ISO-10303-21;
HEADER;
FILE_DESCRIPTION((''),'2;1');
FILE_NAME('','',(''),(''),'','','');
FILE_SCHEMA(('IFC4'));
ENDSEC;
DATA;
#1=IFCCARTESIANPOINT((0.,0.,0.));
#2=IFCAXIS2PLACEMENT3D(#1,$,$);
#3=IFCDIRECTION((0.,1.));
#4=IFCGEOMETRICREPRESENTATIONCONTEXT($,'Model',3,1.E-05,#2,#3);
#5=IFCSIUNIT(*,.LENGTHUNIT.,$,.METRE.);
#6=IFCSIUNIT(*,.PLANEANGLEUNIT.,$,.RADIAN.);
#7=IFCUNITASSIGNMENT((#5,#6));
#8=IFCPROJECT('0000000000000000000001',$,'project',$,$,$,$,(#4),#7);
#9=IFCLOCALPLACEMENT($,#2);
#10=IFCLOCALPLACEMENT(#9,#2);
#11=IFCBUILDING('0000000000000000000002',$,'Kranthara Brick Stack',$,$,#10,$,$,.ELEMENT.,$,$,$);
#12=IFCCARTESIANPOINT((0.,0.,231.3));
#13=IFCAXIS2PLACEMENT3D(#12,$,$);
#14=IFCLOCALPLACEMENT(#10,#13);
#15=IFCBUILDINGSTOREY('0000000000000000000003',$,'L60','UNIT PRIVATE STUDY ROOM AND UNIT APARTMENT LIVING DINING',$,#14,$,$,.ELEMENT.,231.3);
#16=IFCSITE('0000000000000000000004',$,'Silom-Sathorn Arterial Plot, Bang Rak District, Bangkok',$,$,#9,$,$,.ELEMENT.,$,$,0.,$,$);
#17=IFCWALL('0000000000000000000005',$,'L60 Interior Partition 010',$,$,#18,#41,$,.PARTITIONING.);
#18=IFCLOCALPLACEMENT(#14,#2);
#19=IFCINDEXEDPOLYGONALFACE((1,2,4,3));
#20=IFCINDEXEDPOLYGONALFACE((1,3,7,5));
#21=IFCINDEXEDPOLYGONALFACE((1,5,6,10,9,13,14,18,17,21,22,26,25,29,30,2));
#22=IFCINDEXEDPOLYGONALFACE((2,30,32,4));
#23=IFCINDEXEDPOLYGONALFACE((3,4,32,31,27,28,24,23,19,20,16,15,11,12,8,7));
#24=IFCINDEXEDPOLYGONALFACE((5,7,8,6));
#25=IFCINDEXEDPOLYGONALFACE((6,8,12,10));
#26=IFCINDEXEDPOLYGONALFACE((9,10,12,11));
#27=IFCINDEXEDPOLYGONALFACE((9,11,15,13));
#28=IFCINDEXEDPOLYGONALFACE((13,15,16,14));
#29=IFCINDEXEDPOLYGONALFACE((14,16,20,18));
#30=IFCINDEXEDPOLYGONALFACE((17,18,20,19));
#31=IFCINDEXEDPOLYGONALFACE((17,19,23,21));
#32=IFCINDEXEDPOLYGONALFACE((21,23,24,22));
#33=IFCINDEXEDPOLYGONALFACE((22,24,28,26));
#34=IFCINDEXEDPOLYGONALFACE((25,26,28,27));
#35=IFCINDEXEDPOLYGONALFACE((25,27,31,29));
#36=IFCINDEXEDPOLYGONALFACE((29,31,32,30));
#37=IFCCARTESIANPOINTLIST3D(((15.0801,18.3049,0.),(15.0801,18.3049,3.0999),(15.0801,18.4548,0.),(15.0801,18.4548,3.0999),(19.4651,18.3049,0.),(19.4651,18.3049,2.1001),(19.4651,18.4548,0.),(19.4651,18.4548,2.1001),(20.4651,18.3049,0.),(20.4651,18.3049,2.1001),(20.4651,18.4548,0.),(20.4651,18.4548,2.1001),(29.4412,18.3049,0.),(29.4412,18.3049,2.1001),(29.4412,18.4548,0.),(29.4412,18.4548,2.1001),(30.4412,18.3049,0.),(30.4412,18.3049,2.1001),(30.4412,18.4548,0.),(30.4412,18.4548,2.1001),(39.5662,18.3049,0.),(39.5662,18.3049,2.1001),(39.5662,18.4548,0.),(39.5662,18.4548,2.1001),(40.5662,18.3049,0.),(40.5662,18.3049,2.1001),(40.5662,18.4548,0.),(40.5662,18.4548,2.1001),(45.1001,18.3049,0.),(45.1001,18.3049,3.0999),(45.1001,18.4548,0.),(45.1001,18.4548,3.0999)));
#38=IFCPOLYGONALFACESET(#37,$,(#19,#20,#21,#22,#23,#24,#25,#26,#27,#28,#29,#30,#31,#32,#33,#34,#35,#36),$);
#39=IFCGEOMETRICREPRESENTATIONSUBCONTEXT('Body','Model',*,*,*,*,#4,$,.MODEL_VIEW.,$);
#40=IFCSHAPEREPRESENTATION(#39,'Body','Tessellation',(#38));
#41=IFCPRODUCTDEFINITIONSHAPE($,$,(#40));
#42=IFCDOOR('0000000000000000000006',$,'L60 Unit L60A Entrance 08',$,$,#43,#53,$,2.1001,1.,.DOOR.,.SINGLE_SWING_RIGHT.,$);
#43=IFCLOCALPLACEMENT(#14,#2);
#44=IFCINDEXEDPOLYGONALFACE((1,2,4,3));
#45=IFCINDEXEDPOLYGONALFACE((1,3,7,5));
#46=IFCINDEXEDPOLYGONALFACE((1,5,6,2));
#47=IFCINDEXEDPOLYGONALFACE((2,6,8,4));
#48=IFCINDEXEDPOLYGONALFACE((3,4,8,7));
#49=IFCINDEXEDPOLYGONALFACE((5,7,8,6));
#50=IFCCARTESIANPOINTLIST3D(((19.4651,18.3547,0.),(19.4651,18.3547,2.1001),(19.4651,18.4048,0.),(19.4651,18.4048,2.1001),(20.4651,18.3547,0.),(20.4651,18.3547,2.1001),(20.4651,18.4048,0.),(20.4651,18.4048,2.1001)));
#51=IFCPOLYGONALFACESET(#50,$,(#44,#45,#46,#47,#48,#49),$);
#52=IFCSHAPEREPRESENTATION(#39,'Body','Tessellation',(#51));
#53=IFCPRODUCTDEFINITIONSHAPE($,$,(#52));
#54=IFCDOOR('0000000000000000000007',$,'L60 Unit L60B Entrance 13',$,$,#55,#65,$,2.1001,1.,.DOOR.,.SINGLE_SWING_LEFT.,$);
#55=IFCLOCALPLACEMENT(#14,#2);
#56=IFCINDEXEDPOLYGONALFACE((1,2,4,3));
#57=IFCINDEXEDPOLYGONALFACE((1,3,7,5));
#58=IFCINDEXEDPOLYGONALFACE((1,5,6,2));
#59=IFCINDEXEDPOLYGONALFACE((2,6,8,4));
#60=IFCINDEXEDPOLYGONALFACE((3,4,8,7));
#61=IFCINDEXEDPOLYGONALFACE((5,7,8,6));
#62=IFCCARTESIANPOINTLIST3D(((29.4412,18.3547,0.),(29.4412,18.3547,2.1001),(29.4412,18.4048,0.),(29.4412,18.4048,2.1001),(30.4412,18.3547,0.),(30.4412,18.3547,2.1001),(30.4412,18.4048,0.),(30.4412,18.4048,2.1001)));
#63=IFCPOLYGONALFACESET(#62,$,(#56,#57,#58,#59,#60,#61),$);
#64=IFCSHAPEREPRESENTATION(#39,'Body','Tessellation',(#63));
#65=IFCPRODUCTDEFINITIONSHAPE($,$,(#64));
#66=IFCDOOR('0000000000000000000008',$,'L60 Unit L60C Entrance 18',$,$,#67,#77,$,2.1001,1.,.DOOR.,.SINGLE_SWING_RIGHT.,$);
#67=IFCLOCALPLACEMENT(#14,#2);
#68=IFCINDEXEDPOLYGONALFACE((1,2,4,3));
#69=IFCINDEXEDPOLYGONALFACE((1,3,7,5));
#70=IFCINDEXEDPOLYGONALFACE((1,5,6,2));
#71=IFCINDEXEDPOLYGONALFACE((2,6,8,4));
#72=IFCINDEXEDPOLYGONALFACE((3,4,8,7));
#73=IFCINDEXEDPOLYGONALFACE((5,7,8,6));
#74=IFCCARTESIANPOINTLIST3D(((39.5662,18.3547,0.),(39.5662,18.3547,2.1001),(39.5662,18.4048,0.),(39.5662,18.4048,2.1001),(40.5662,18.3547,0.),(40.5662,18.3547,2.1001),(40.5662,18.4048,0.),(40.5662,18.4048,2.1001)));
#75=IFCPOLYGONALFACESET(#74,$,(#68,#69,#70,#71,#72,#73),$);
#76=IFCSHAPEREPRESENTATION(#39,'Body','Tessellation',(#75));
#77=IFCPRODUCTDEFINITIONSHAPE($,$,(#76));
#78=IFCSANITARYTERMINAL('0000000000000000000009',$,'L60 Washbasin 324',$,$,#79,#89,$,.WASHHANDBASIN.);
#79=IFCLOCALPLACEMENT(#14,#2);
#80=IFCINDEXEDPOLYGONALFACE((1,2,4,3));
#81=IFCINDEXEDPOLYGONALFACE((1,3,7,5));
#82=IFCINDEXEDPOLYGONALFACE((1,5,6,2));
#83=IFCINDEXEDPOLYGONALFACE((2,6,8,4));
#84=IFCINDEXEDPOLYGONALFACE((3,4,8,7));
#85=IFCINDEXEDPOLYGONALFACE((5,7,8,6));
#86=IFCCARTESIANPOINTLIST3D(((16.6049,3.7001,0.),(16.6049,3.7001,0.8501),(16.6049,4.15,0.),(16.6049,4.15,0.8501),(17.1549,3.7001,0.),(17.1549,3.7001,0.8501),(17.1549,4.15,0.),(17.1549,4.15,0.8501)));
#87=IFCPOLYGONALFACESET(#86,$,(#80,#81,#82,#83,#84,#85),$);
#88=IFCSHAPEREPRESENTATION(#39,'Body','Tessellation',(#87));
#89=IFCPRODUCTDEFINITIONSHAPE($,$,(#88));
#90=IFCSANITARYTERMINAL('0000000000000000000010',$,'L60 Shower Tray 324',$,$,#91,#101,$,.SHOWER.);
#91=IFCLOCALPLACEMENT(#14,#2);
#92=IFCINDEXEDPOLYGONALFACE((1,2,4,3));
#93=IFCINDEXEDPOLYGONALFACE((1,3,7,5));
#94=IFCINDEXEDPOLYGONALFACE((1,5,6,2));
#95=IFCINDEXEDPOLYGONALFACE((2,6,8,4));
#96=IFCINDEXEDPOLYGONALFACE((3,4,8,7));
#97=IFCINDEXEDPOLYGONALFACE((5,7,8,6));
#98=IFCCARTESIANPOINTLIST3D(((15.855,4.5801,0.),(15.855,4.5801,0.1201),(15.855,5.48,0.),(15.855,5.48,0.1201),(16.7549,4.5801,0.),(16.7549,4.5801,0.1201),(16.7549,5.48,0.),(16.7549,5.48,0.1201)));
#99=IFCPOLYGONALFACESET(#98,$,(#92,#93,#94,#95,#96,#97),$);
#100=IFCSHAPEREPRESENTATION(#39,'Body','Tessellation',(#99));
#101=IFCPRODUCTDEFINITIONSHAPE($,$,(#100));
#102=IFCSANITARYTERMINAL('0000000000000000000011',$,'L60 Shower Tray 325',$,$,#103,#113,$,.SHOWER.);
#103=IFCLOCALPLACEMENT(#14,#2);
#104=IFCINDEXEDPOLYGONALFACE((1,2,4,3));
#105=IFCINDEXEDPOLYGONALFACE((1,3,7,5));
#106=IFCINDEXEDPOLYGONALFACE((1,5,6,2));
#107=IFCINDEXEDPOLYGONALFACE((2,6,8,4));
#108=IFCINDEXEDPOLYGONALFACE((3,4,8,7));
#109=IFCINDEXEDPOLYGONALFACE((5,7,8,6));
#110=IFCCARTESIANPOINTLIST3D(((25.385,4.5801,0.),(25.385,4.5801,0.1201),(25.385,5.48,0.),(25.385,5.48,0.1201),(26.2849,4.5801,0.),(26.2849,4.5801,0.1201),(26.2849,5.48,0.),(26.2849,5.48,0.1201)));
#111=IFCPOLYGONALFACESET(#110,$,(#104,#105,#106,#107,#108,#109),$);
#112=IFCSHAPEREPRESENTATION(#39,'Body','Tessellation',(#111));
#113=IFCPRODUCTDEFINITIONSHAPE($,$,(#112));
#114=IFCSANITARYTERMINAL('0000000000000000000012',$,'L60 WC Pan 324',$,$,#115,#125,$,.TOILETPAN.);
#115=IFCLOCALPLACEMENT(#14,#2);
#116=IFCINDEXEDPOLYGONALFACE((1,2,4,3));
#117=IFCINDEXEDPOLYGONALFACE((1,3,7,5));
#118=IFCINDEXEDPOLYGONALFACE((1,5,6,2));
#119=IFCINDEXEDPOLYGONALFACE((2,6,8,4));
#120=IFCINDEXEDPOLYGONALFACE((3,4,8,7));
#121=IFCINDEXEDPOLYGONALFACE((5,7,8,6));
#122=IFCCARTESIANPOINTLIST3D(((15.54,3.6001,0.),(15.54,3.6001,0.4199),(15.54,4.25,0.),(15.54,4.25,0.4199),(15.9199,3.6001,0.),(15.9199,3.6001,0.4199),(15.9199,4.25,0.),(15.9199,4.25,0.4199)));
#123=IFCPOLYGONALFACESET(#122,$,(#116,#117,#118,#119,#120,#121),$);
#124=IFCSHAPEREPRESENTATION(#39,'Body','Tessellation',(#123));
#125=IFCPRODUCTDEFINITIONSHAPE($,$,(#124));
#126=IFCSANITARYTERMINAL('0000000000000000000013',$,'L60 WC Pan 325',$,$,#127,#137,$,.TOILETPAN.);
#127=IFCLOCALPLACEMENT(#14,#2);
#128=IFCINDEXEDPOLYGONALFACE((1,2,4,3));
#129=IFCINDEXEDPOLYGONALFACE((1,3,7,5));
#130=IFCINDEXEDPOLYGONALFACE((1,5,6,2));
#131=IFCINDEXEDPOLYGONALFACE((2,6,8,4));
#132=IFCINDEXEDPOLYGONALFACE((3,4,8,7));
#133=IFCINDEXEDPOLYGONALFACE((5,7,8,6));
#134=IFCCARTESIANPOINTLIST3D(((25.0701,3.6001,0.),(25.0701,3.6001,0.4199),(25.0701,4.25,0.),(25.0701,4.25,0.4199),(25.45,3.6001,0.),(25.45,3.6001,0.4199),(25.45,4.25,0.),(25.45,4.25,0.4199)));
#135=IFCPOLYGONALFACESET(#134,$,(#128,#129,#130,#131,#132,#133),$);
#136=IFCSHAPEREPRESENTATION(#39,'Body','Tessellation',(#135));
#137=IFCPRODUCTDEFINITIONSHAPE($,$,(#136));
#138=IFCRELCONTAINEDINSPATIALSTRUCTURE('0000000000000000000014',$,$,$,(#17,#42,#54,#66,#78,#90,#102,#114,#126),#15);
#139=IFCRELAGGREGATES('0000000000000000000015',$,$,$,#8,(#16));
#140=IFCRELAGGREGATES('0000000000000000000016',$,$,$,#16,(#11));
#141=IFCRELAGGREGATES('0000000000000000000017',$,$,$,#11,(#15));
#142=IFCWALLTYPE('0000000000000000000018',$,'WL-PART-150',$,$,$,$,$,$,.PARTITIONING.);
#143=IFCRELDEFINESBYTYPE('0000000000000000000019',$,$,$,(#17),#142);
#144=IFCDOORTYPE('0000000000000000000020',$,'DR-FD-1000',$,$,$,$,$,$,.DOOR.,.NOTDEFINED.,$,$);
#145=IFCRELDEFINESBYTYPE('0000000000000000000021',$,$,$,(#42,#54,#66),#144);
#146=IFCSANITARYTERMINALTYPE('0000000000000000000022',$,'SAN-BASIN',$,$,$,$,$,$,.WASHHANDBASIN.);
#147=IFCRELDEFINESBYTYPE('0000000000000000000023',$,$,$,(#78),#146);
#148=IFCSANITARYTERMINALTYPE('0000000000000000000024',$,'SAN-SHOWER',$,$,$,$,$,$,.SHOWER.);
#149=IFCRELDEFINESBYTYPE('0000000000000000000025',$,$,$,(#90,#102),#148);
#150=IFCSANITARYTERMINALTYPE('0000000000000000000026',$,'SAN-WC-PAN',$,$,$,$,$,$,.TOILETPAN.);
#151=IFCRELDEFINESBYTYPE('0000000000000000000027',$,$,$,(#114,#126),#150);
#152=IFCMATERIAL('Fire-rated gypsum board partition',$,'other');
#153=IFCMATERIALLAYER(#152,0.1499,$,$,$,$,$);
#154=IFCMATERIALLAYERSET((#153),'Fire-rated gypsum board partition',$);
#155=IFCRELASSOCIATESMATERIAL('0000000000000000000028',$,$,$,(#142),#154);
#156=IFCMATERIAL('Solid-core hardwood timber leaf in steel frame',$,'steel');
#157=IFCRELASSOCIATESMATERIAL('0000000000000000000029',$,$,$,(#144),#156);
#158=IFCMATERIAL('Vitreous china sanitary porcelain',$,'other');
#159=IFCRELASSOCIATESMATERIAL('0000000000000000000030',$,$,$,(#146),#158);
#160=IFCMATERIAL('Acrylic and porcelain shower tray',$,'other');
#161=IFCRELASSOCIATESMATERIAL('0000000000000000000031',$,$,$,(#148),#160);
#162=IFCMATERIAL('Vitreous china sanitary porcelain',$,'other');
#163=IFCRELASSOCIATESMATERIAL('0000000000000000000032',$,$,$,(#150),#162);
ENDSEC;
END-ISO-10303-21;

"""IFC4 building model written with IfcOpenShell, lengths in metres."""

from ifc_helpers import new_model, si_unit, direction, frame, frame_2d, origin, origin_2d, place, context, subcontext, project, spatial, rectangle, extrude, material, layer, layer_set, type_object, element, fill, save


model = new_model("IFC4")

# Units and contexts
model_context = context("Model", 3, precision=1e-05, world=origin(), true_north=direction((0.0, 1.0)))
body_context = subcontext(model_context, "Body", "Model", "MODEL_VIEW")
ifc_project = project(units=[si_unit("LENGTHUNIT", "METRE"), si_unit("PLANEANGLEUNIT", "RADIAN")], contexts=[model_context])

# Site, building, storey
site_placement = place(None, origin())
site = spatial("IfcSite", under=ifc_project, at=site_placement, Name="Silom-Sathorn Arterial Plot, Bang Rak District, Bangkok", CompositionType="ELEMENT", RefElevation=0.0)
building_placement = place(site_placement, origin())
building = spatial("IfcBuilding", under=site, at=building_placement, Name="Kranthara Brick Stack", CompositionType="ELEMENT")
storey_placement = place(building_placement, frame((0.0, 0.0, 231.3)))
storey = spatial("IfcBuildingStorey", under=building, at=storey_placement, Name="L60", Description="UNIT PRIVATE STUDY ROOM AND UNIT APARTMENT LIVING DINING", CompositionType="ELEMENT", Elevation=231.3)

# Wall, openings, doors
ifc_material_1 = material(Name="Fire-rated gypsum board partition", Category="other")
ifc_layer_1 = layer(ifc_material_1, 0.1499)
ifc_layer_set_1 = layer_set([ifc_layer_1], Name="Fire-rated gypsum board partition")
wall_type_1 = type_object("IfcWallType", Name="WL-PART-150", PredefinedType="PARTITIONING", material=ifc_layer_set_1)
wall_1_placement = place(storey_placement, frame((15.0801, 18.3799, 0.0), z_axis=(0.0, 0.0, 1.0), x_axis=(1.0, 0.0, 0.0)))
wall_1 = element("IfcWall", 1, at=wall_1_placement, inside=storey, type_object=wall_type_1, Name="L60 Interior Partition 010", PredefinedType="PARTITIONING", context=body_context, shape_type="SweptSolid", body=[
    extrude(rectangle(XDim=30.02, YDim=0.1499, at=frame_2d((15.01, 0.0))), origin(), (0.0, 0.0, 1.0), 3.0999),
])
opening_1_placement = place(wall_1_placement, frame((4.385, 0.0, 0.0)))
opening_1 = element("IfcOpeningElement", 2, at=opening_1_placement, cuts=wall_1, PredefinedType="OPENING", context=body_context, shape_type="SweptSolid", body=[
    extrude(rectangle(XDim=1.0, YDim=2.1001, at=frame_2d((0.5, 1.05))), frame((0.0, 0.085, 0.0), z_axis=(0.0, -1.0, 0.0), x_axis=(1.0, 0.0, 0.0)), (0.0, 0.0, 1.0), 0.1699),
])
opening_2_placement = place(wall_1_placement, frame((14.3611, 0.0, 0.0)))
opening_2 = element("IfcOpeningElement", 3, at=opening_2_placement, cuts=wall_1, PredefinedType="OPENING", context=body_context, shape_type="SweptSolid", body=[
    extrude(rectangle(XDim=1.0, YDim=2.1001, at=frame_2d((0.5, 1.05))), frame((0.0, 0.085, 0.0), z_axis=(0.0, -1.0, 0.0), x_axis=(1.0, 0.0, 0.0)), (0.0, 0.0, 1.0), 0.1699),
])
opening_3_placement = place(wall_1_placement, frame((24.4861, 0.0, 0.0)))
opening_3 = element("IfcOpeningElement", 4, at=opening_3_placement, cuts=wall_1, PredefinedType="OPENING", context=body_context, shape_type="SweptSolid", body=[
    extrude(rectangle(XDim=1.0, YDim=2.1001, at=frame_2d((0.5, 1.05))), frame((0.0, 0.085, 0.0), z_axis=(0.0, -1.0, 0.0), x_axis=(1.0, 0.0, 0.0)), (0.0, 0.0, 1.0), 0.1699),
])
ifc_material_2 = material(Name="Solid-core hardwood timber leaf in steel frame", Category="steel")
door_type_1 = type_object("IfcDoorType", Name="DR-FD-1000", OperationType="NOTDEFINED", PredefinedType="DOOR", material=ifc_material_2)
door_1_placement = place(opening_1_placement, origin())
door_1 = element("IfcDoor", 5, at=door_1_placement, inside=storey, type_object=door_type_1, Name="L60 Unit L60A Entrance 08", OperationType="SINGLE_SWING_RIGHT", OverallHeight=2.1001, OverallWidth=1.0, PredefinedType="DOOR", context=body_context, shape_type="SweptSolid", body=[
    extrude(rectangle(XDim=1.0, YDim=2.1001, at=frame_2d((0.5, 1.05))), frame((0.0, 0.0249, 0.0), z_axis=(0.0, -1.0, 0.0), x_axis=(1.0, 0.0, 0.0)), (0.0, 0.0, 1.0), 0.05),
])
fill(opening_1, door_1)
door_2_placement = place(opening_2_placement, origin())
door_2 = element("IfcDoor", 6, at=door_2_placement, inside=storey, type_object=door_type_1, Name="L60 Unit L60B Entrance 13", OperationType="SINGLE_SWING_LEFT", OverallHeight=2.1001, OverallWidth=1.0, PredefinedType="DOOR", context=body_context, shape_type="SweptSolid", body=[
    extrude(rectangle(XDim=1.0, YDim=2.1001, at=frame_2d((0.5, 1.05))), frame((0.0, 0.0249, 0.0), z_axis=(0.0, -1.0, 0.0), x_axis=(1.0, 0.0, 0.0)), (0.0, 0.0, 1.0), 0.05),
])
fill(opening_2, door_2)
door_3_placement = place(opening_3_placement, origin())
door_3 = element("IfcDoor", 7, at=door_3_placement, inside=storey, type_object=door_type_1, Name="L60 Unit L60C Entrance 18", OperationType="SINGLE_SWING_RIGHT", OverallHeight=2.1001, OverallWidth=1.0, PredefinedType="DOOR", context=body_context, shape_type="SweptSolid", body=[
    extrude(rectangle(XDim=1.0, YDim=2.1001, at=frame_2d((0.5, 1.05))), frame((0.0, 0.0249, 0.0), z_axis=(0.0, -1.0, 0.0), x_axis=(1.0, 0.0, 0.0)), (0.0, 0.0, 1.0), 0.05),
])
fill(opening_3, door_3)

# Sanitary terminals
ifc_material_3 = material(Name="Vitreous china sanitary porcelain", Category="other")
sanitary_terminal_type_1 = type_object("IfcSanitaryTerminalType", Name="SAN-BASIN", PredefinedType="WASHHANDBASIN", material=ifc_material_3)
sanitary_terminal_placement = place(storey_placement, frame((16.8799, 3.925, 0.0), z_axis=(0.0, 0.0, 1.0), x_axis=(1.0, 0.0, 0.0)))
element("IfcSanitaryTerminal", 8, at=sanitary_terminal_placement, inside=storey, type_object=sanitary_terminal_type_1, Name="L60 Washbasin 324", PredefinedType="WASHHANDBASIN", context=body_context, shape_type="SweptSolid", body=[
    extrude(rectangle(XDim=0.55, YDim=0.45, at=origin_2d()), origin(), (0.0, 0.0, 1.0), 0.8501),
])
ifc_material_4 = material(Name="Acrylic and porcelain shower tray", Category="other")
sanitary_terminal_type_2 = type_object("IfcSanitaryTerminalType", Name="SAN-SHOWER", PredefinedType="SHOWER", material=ifc_material_4)
for number, where, z_axis, x_axis, name in (
    (9, (16.3049, 5.03, 0.0), (0.0, 0.0, 1.0), (1.0, 0.0, 0.0), "L60 Shower Tray 324"),
    (10, (25.835, 5.03, 0.0), (0.0, 0.0, 1.0), (1.0, 0.0, 0.0), "L60 Shower Tray 325"),
):
    element("IfcSanitaryTerminal", number, at=place(storey_placement, frame(where, z_axis=z_axis, x_axis=x_axis)), inside=storey, type_object=sanitary_terminal_type_2, Name=name, PredefinedType="SHOWER", context=body_context, shape_type="SweptSolid", body=[
        extrude(rectangle(XDim=0.8999, YDim=0.8999, at=origin_2d()), origin(), (0.0, 0.0, 1.0), 0.1201),
    ])
ifc_material_5 = material(Name="Vitreous china sanitary porcelain", Category="other")
sanitary_terminal_type_3 = type_object("IfcSanitaryTerminalType", Name="SAN-WC-PAN", PredefinedType="TOILETPAN", material=ifc_material_5)
for number, where, z_axis, x_axis, name in (
    (11, (15.73, 3.925, 0.0), (0.0, 0.0, 1.0), (1.0, 0.0, 0.0), "L60 WC Pan 324"),
    (12, (25.26, 3.925, 0.0), (0.0, 0.0, 1.0), (1.0, 0.0, 0.0), "L60 WC Pan 325"),
):
    element("IfcSanitaryTerminal", number, at=place(storey_placement, frame(where, z_axis=z_axis, x_axis=x_axis)), inside=storey, type_object=sanitary_terminal_type_3, Name=name, PredefinedType="TOILETPAN", context=body_context, shape_type="SweptSolid", body=[
        extrude(rectangle(XDim=0.3799, YDim=0.6499, at=origin_2d()), origin(), (0.0, 0.0, 1.0), 0.4199),
    ])

save(model, "model.ifc")
